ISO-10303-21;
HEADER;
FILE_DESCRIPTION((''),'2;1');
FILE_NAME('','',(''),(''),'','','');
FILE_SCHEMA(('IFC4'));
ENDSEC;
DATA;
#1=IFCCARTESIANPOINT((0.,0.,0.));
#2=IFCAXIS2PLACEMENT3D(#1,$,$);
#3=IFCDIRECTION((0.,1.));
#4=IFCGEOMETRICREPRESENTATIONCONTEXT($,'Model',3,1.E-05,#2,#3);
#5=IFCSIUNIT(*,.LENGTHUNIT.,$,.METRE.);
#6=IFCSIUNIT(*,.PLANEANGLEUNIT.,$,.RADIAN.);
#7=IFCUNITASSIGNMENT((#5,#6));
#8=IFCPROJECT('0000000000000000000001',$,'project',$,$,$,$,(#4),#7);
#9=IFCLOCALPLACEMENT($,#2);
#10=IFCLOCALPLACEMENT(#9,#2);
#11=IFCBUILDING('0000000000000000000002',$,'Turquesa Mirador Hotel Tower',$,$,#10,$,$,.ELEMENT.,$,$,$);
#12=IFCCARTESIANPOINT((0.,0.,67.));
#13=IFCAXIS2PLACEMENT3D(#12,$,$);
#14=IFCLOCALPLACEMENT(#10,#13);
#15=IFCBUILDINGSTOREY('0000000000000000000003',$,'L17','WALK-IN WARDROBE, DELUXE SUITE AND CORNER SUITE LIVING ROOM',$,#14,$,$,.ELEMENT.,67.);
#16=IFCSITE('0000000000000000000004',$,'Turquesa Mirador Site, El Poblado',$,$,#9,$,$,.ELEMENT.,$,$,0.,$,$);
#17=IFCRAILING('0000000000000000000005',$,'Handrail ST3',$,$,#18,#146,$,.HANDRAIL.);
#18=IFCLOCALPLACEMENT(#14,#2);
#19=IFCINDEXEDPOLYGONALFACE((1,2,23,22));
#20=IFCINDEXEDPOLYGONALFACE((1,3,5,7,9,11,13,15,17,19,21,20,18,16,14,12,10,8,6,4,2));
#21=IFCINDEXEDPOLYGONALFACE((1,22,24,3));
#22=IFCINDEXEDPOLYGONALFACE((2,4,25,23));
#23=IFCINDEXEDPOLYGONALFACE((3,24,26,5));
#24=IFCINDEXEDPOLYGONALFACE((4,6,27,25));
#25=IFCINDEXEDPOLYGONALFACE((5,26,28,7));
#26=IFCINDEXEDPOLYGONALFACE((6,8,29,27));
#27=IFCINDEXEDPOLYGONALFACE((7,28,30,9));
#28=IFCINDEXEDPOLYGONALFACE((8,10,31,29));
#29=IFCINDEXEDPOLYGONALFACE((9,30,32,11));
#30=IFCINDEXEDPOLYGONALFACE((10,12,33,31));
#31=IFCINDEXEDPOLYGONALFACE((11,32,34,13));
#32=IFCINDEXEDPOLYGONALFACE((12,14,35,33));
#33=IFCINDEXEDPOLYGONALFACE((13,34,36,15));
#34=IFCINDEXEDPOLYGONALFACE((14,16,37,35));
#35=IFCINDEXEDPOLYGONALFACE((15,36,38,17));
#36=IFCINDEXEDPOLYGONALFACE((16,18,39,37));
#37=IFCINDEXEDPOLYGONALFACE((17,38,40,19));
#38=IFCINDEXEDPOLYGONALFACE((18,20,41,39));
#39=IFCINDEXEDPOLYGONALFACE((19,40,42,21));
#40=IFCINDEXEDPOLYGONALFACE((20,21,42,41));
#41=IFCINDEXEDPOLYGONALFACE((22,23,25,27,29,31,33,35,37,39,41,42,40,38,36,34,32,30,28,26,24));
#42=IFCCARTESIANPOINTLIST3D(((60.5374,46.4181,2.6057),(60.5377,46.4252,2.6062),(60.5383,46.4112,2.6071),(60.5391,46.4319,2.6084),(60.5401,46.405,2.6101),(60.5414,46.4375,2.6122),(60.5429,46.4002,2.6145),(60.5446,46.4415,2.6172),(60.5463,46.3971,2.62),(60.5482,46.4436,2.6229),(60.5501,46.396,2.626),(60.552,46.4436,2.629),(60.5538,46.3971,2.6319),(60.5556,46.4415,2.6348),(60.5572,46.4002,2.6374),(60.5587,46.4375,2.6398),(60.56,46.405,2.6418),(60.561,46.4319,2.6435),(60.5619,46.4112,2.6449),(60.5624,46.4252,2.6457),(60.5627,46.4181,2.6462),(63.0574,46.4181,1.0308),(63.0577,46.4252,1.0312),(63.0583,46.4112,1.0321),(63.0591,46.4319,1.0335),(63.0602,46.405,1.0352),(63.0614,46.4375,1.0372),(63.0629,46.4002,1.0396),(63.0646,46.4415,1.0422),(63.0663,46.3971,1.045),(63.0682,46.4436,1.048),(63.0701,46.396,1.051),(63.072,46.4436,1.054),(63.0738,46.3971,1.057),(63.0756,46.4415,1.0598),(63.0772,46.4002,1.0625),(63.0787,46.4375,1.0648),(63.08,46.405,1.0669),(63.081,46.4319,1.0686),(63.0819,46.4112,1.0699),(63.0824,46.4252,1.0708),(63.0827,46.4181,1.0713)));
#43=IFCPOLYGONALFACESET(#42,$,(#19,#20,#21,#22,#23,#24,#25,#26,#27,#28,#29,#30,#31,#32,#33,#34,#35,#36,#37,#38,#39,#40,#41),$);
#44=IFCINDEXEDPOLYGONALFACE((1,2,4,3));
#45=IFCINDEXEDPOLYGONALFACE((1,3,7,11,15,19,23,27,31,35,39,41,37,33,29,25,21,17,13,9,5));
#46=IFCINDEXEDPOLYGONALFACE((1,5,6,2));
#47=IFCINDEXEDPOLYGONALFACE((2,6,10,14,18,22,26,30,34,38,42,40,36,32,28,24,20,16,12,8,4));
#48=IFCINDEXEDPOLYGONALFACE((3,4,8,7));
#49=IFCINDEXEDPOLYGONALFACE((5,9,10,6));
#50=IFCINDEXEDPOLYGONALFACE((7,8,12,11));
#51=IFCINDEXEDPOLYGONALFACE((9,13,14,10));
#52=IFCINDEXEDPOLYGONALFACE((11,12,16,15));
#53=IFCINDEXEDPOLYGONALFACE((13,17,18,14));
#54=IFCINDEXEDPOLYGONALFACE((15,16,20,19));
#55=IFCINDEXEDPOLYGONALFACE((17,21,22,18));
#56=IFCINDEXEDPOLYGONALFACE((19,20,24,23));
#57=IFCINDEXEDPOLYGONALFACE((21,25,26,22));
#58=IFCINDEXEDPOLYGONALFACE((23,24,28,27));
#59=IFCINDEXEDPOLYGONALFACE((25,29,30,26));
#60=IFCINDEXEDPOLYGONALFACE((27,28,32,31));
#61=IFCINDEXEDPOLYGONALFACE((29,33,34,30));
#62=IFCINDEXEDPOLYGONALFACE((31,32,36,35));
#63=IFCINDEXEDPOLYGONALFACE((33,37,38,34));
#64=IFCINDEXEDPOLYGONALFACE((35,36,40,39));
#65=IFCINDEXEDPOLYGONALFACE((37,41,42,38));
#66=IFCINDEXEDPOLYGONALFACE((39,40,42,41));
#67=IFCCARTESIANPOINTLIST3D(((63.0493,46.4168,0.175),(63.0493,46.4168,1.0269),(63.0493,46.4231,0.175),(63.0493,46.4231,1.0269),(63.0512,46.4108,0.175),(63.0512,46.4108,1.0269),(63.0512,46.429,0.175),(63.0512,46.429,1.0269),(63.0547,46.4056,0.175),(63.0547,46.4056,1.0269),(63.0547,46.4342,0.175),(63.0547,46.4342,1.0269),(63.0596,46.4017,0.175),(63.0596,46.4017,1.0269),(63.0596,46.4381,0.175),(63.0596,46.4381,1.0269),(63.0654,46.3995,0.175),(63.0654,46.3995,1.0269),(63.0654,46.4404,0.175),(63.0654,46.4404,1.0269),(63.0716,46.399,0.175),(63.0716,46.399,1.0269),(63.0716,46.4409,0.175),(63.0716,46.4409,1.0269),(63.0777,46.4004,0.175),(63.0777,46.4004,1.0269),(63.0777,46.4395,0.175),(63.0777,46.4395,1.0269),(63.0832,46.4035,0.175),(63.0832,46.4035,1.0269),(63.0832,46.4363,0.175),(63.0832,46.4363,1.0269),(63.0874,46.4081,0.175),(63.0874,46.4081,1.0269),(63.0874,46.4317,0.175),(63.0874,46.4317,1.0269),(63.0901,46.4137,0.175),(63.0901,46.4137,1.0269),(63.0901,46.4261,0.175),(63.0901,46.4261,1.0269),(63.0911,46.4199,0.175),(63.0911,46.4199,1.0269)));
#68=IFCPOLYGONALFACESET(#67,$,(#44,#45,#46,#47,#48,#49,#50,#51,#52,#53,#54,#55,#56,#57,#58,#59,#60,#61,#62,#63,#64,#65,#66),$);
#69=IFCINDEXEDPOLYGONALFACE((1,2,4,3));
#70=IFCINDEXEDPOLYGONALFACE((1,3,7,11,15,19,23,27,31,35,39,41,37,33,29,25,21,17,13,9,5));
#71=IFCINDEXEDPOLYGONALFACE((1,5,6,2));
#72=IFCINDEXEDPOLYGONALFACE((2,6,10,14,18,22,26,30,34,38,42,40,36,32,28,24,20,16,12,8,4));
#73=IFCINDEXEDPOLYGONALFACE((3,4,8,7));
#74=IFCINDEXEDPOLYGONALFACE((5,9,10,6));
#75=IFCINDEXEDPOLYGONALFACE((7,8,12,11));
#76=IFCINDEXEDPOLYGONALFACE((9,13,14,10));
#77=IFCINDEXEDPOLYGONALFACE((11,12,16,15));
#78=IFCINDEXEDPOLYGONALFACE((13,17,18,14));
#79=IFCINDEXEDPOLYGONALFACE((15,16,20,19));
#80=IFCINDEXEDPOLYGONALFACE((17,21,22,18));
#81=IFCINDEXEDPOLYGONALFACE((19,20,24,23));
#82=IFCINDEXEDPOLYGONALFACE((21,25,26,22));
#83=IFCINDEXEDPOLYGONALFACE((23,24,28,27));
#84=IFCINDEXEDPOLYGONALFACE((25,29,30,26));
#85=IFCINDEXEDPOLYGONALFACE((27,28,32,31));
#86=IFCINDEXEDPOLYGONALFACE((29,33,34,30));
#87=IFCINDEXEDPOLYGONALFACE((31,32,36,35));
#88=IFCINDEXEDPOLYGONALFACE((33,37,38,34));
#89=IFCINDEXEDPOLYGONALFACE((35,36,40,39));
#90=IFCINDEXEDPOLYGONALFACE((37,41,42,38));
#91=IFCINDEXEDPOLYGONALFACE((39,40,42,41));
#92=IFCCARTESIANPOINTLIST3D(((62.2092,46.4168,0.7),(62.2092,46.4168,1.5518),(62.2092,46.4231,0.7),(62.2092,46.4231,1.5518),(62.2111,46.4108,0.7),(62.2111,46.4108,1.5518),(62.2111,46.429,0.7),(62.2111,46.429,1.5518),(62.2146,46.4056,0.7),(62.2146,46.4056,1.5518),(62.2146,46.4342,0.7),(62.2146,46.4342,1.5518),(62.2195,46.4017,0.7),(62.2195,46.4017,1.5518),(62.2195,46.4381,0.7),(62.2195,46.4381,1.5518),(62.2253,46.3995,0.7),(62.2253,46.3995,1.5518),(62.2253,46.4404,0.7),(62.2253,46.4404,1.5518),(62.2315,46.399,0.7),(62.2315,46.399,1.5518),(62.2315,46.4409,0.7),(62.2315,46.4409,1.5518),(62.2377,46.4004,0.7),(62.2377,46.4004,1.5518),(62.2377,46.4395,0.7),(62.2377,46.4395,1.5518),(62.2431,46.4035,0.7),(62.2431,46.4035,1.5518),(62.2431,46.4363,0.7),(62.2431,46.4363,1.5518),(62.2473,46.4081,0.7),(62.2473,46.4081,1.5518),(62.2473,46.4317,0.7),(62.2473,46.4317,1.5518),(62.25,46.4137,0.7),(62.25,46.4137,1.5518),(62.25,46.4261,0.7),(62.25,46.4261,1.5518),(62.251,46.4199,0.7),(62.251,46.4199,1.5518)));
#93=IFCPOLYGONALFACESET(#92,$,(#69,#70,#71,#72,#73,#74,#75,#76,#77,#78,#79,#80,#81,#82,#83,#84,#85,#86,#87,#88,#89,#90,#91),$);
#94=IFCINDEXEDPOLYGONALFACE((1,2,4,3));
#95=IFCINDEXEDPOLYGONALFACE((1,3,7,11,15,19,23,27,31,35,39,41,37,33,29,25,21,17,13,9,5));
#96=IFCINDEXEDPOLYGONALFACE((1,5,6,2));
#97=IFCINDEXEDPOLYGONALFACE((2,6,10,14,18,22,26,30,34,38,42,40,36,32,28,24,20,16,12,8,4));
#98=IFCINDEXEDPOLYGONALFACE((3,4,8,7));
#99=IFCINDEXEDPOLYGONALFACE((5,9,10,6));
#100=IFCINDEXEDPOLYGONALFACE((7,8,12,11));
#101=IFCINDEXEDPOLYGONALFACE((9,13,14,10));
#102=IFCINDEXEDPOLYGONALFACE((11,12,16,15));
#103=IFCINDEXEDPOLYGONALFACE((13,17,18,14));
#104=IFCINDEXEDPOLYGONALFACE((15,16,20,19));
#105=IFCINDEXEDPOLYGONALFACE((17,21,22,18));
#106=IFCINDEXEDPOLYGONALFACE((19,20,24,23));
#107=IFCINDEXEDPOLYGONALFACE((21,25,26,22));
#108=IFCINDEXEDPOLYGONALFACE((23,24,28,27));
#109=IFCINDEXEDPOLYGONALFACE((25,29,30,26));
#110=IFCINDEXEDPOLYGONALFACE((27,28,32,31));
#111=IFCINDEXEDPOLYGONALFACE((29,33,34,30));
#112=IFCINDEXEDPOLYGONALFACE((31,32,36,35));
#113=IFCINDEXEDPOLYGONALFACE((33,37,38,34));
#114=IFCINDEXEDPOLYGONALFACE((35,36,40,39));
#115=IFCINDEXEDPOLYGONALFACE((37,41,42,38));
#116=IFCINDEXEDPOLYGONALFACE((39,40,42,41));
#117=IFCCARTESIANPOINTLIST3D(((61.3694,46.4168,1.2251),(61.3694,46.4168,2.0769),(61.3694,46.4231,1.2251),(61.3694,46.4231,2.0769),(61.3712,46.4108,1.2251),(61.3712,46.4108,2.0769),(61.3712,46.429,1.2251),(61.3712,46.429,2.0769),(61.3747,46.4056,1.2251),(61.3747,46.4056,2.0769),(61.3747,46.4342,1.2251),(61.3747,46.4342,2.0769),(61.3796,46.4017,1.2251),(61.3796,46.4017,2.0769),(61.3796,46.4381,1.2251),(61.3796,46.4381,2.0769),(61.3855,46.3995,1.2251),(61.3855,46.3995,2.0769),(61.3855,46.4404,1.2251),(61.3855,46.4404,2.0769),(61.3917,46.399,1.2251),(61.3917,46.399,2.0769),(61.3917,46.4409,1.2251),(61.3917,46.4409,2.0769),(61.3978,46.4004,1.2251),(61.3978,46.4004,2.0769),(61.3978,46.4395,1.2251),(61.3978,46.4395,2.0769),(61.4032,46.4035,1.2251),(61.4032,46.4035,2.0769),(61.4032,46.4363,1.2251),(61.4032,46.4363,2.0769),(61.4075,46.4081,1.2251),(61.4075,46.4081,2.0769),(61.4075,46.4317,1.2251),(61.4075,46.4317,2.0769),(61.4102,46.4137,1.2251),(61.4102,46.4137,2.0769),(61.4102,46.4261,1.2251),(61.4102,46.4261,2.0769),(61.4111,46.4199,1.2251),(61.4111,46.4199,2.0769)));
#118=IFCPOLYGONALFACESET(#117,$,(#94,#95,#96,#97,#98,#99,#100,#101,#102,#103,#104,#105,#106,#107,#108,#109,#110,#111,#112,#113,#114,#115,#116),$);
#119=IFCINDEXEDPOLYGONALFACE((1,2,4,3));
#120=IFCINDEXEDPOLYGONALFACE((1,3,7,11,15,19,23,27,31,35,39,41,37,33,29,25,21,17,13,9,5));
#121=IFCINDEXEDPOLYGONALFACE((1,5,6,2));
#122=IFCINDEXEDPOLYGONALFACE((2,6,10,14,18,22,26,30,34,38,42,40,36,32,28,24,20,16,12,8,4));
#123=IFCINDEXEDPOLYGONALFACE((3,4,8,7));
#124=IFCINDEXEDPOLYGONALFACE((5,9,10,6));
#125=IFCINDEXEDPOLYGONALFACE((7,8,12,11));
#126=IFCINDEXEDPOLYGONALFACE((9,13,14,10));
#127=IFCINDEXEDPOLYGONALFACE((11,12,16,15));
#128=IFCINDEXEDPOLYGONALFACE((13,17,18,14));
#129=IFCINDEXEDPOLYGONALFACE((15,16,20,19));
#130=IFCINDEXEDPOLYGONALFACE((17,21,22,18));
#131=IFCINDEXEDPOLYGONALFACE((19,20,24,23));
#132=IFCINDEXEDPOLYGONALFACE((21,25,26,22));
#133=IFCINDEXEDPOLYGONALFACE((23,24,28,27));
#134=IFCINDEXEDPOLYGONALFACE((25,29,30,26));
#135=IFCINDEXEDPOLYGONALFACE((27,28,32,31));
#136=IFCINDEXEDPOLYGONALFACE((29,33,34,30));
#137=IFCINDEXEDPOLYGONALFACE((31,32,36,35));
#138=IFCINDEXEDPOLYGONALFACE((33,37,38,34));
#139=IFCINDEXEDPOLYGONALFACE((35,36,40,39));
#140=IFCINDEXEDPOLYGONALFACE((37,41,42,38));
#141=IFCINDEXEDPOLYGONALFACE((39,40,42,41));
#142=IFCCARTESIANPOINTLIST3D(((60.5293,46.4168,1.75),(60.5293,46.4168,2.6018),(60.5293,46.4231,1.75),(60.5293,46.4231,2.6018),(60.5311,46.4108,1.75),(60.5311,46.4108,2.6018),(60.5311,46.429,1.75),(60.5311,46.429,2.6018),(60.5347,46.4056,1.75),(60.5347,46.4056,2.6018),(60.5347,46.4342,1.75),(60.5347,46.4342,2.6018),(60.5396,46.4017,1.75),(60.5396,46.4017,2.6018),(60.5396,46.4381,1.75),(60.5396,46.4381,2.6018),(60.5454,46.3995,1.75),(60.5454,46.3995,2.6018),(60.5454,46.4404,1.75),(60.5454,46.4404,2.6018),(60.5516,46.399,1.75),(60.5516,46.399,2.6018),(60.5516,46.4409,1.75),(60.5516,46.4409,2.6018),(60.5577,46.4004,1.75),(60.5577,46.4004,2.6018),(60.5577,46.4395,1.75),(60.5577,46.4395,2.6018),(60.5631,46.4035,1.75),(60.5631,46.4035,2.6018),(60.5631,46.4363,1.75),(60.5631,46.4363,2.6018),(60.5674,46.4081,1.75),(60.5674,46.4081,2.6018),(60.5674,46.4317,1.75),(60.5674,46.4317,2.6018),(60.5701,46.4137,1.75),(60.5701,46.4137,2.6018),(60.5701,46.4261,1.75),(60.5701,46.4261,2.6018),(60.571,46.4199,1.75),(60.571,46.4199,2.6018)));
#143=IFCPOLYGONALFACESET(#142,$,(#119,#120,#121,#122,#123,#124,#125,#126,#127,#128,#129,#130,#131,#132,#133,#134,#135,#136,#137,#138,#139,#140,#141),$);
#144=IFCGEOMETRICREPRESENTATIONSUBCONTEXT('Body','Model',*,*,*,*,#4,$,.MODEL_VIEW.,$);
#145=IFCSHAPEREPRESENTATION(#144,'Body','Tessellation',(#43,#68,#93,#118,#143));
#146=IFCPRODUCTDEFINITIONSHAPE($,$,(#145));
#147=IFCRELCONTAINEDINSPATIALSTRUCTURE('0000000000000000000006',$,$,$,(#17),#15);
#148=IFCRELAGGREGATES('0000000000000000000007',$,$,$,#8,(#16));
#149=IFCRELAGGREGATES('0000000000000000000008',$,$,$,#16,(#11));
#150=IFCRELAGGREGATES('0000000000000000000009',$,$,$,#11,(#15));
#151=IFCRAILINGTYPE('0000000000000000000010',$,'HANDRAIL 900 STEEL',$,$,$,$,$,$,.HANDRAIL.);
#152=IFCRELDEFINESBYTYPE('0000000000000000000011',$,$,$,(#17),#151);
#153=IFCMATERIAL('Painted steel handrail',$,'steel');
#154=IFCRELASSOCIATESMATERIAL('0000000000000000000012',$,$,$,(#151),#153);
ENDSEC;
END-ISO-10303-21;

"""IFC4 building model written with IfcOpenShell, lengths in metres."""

from ifc_helpers import new_model, si_unit, direction, frame, origin, origin_2d, place, context, subcontext, project, spatial, circle, extrude, material, type_object, element, save


model = new_model("IFC4")

# Units and contexts
model_context = context("Model", 3, precision=1e-05, world=origin(), true_north=direction((0.0, 1.0)))
body_context = subcontext(model_context, "Body", "Model", "MODEL_VIEW")
ifc_project = project(units=[si_unit("LENGTHUNIT", "METRE"), si_unit("PLANEANGLEUNIT", "RADIAN")], contexts=[model_context])

# Site, building, storey
site_placement = place(None, origin())
site = spatial("IfcSite", under=ifc_project, at=site_placement, Name="Turquesa Mirador Site, El Poblado", CompositionType="ELEMENT", RefElevation=0.0)
building_placement = place(site_placement, origin())
building = spatial("IfcBuilding", under=site, at=building_placement, Name="Turquesa Mirador Hotel Tower", CompositionType="ELEMENT")
storey_placement = place(building_placement, frame((0.0, 0.0, 67.0)))
storey = spatial("IfcBuildingStorey", under=building, at=storey_placement, Name="L17", Description="WALK-IN WARDROBE, DELUXE SUITE AND CORNER SUITE LIVING ROOM", CompositionType="ELEMENT", Elevation=67.0)

# Railing
ifc_material_1 = material(Name="Painted steel handrail", Category="steel")
railing_type = type_object("IfcRailingType", Name="HANDRAIL 900 STEEL", PredefinedType="HANDRAIL", material=ifc_material_1)
railing_1_placement = place(storey_placement, frame((63.0701, 46.4199, 0.175)))
element("IfcRailing", 1, at=railing_1_placement, inside=storey, type_object=railing_type, Name="Handrail ST3", PredefinedType="HANDRAIL", context=body_context, shape_type="SweptSolid", body=[
    extrude(circle(Radius=0.0239, at=origin_2d()), frame((0.0, 0.0, 0.876), z_axis=(-0.848008, 0.0, 0.529984), x_axis=(0.0, -1.0, 0.0)), (0.0, 0.0, 1.0), 2.9717),
    extrude(circle(Radius=0.021, at=origin_2d()), origin(), (0.0, 0.0, 1.0), 0.8518),
    extrude(circle(Radius=0.021, at=origin_2d()), frame((-0.8401, 0.0, 0.5249)), (0.0, 0.0, 1.0), 0.8518),
    extrude(circle(Radius=0.021, at=origin_2d()), frame((-1.6799, 0.0, 1.05)), (0.0, 0.0, 1.0), 0.8518),
    extrude(circle(Radius=0.021, at=origin_2d()), frame((-2.52, 0.0, 1.575)), (0.0, 0.0, 1.0), 0.8518),
])

save(model, "model.ifc")
